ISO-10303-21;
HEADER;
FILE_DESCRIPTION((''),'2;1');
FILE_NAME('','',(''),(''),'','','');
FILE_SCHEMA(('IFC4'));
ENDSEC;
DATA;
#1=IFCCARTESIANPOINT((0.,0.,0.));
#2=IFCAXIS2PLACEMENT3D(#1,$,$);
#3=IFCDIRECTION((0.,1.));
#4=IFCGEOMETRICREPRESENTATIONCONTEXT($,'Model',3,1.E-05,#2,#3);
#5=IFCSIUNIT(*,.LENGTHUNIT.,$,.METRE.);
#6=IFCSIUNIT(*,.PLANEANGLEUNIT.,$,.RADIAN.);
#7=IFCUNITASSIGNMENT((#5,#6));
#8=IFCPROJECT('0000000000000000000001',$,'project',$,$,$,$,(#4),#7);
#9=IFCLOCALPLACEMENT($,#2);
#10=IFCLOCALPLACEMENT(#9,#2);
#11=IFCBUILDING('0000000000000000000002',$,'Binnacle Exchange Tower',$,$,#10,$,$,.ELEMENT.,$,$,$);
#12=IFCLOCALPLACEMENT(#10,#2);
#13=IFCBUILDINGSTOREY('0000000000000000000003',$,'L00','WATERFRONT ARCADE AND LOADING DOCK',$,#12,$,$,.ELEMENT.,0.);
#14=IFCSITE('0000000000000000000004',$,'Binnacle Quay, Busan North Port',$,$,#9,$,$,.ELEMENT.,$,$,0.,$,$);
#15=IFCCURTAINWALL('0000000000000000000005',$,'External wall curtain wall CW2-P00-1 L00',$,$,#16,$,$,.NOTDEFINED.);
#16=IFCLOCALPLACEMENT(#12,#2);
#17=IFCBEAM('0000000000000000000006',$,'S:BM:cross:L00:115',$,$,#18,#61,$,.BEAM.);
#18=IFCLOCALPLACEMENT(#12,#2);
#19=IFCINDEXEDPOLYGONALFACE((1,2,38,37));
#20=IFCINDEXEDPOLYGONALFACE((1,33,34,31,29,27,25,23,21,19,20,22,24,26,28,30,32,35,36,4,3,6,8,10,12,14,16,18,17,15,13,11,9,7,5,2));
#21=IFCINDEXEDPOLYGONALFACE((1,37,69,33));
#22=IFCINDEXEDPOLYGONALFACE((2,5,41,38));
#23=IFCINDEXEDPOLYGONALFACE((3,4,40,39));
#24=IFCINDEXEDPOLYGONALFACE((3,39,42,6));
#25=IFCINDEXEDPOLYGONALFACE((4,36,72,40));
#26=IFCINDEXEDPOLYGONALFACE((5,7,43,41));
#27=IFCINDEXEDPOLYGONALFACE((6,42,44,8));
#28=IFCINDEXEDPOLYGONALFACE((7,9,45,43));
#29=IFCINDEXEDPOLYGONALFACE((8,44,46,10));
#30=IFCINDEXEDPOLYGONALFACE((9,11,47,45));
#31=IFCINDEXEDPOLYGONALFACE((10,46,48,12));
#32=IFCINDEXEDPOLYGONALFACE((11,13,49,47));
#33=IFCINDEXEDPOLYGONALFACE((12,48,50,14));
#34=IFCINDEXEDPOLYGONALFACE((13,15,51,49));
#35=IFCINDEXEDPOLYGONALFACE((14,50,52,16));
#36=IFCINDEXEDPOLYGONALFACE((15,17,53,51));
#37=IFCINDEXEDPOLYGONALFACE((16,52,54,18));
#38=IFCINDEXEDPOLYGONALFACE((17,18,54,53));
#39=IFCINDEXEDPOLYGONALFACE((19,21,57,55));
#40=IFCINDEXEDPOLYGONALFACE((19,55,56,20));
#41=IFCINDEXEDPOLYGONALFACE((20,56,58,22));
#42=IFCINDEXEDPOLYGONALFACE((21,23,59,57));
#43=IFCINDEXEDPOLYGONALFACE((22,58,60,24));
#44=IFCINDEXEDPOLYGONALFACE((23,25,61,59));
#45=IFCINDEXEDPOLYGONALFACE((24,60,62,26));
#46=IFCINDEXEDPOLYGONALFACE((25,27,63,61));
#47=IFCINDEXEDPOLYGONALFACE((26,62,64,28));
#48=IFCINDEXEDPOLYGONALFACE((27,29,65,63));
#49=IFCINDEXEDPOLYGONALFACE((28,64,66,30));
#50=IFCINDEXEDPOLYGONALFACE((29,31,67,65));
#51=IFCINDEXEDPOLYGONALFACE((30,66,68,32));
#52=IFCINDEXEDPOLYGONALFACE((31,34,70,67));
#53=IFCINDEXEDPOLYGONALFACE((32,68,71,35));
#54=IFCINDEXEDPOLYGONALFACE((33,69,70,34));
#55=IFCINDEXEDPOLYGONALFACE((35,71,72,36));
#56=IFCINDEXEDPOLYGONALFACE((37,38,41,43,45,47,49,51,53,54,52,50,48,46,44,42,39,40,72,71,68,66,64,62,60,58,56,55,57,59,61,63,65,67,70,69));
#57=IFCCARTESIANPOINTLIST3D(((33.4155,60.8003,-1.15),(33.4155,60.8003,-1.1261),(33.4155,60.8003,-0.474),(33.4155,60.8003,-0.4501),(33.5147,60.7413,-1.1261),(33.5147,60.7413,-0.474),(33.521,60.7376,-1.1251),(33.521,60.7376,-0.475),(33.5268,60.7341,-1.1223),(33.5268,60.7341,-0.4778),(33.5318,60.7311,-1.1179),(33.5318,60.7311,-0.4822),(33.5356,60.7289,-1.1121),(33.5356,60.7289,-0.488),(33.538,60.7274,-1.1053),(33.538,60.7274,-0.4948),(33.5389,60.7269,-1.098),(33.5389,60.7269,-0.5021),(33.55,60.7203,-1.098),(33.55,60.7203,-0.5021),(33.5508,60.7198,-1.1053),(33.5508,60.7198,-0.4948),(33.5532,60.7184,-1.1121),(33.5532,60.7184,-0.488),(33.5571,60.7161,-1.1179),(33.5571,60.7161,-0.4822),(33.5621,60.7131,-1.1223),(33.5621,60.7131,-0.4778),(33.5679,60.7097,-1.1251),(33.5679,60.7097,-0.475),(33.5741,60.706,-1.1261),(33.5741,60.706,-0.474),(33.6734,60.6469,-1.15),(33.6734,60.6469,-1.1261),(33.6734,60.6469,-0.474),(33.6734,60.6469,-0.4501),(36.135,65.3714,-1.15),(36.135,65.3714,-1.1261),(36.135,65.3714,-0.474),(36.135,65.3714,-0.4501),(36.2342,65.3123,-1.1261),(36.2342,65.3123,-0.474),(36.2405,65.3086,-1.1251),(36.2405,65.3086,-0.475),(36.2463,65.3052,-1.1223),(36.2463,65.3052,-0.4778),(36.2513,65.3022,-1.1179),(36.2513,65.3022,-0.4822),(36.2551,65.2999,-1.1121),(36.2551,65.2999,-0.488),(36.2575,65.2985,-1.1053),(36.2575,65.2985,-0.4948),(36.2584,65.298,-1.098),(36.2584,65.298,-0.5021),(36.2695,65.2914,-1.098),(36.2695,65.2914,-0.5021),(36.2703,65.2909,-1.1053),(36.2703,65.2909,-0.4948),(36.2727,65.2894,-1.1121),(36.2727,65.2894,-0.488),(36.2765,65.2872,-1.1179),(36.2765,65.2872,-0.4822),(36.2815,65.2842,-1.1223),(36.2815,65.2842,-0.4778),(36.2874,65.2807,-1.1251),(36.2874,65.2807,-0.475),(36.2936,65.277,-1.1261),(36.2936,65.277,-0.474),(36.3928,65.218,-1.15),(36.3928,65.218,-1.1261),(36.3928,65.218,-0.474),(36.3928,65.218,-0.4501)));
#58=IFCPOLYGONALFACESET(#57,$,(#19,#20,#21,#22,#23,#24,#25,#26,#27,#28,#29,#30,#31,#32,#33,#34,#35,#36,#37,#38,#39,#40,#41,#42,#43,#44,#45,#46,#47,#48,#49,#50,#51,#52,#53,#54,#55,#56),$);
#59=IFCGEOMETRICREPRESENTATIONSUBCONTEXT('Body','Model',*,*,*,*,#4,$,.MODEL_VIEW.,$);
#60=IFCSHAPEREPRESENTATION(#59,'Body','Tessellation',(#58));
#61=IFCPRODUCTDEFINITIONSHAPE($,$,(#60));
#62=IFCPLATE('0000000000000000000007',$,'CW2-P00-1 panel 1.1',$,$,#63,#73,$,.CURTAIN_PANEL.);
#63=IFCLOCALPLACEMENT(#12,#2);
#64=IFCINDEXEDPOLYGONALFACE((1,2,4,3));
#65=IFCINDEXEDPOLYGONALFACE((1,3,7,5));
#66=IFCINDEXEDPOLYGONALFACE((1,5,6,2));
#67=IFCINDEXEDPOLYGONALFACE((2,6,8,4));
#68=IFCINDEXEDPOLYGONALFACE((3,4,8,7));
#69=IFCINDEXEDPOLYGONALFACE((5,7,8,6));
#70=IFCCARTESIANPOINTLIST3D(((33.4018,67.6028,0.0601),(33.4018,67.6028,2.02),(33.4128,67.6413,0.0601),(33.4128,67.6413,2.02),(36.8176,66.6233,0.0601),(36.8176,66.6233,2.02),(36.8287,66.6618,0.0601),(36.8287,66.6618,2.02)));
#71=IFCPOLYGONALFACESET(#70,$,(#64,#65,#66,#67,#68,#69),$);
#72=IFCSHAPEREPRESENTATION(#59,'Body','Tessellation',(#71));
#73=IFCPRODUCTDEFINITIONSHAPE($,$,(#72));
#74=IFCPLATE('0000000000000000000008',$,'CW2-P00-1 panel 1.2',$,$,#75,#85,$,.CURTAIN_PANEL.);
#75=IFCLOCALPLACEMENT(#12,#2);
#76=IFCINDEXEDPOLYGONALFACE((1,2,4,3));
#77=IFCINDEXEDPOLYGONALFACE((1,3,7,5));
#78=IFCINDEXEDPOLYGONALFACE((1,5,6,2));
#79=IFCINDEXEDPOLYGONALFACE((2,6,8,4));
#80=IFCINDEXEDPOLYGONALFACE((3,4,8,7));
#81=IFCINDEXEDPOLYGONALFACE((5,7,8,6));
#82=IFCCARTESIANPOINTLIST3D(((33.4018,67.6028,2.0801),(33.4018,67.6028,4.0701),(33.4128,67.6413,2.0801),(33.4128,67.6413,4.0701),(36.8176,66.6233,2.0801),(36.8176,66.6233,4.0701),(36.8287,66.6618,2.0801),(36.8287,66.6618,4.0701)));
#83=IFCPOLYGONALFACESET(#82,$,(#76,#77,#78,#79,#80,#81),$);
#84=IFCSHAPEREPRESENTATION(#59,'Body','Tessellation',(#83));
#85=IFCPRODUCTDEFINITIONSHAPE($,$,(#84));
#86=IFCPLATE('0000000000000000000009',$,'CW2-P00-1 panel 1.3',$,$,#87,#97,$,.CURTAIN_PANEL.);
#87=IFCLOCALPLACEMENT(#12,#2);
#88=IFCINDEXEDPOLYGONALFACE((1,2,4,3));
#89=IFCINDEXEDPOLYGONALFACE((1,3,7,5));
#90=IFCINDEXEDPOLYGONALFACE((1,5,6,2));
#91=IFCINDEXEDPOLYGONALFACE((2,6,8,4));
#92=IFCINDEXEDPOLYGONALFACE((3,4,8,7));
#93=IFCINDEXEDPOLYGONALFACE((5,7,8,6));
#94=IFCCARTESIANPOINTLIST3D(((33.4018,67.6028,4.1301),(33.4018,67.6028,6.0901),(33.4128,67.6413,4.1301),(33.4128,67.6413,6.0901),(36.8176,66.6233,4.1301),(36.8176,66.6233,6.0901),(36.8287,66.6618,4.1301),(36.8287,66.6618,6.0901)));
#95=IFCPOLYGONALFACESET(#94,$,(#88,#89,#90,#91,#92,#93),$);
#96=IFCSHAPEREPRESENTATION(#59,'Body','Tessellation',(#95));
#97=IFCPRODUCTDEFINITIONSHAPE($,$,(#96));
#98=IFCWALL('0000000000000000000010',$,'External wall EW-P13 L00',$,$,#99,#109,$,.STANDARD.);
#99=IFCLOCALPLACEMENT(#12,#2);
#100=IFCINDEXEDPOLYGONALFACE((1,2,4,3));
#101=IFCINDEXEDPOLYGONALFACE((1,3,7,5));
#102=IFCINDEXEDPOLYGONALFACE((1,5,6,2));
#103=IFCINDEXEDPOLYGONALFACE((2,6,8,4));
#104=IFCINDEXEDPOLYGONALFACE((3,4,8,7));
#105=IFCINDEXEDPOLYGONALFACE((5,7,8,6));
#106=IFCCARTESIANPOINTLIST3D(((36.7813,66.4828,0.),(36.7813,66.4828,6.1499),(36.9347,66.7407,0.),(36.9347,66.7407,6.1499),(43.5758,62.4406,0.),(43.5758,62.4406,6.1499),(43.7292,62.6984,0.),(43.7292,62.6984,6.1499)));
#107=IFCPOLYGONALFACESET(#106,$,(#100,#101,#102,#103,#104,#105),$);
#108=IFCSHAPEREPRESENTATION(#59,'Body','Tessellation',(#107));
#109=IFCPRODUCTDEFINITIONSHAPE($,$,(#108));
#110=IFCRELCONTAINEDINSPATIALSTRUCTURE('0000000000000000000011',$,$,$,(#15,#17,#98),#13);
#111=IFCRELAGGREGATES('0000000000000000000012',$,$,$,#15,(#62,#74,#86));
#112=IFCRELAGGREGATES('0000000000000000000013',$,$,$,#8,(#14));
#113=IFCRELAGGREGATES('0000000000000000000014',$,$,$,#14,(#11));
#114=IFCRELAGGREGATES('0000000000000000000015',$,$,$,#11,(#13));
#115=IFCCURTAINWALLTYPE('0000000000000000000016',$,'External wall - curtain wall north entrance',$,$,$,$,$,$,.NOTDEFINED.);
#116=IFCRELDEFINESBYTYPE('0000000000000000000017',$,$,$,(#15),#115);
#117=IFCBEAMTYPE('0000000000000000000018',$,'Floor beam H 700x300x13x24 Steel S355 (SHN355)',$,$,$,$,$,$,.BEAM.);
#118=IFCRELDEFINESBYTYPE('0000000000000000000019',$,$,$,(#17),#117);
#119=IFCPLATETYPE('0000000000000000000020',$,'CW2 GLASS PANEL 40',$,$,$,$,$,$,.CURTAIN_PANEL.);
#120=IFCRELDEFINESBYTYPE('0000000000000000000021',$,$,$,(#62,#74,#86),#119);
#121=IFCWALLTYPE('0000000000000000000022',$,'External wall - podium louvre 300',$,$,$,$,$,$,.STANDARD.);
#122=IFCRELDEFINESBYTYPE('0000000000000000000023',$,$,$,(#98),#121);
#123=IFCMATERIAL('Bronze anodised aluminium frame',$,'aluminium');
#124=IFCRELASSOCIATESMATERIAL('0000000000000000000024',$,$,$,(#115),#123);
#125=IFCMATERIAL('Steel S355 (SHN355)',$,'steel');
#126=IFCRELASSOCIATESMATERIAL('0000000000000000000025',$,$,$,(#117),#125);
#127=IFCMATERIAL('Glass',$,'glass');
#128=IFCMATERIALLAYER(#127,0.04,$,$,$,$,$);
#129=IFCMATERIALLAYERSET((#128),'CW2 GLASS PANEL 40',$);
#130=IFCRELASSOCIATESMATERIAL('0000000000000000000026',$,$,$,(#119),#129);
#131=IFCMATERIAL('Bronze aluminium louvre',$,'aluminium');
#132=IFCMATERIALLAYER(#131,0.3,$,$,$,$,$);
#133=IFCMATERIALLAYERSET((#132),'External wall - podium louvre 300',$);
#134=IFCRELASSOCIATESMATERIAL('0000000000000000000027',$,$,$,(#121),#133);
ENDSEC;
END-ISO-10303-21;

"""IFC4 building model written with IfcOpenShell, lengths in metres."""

from ifc_helpers import new_model, si_unit, direction, frame, frame_2d, origin, origin_2d, place, context, subcontext, project, spatial, rectangle, i_section, extrude, material, layer, layer_set, material_profile, profile_set, type_object, element, aggregate, save


model = new_model("IFC4")

# Units and contexts
model_context = context("Model", 3, precision=1e-05, world=origin(), true_north=direction((0.0, 1.0)))
body_context = subcontext(model_context, "Body", "Model", "MODEL_VIEW")
ifc_project = project(units=[si_unit("LENGTHUNIT", "METRE"), si_unit("PLANEANGLEUNIT", "RADIAN")], contexts=[model_context])

# Site, building, storey
site_placement = place(None, origin())
site = spatial("IfcSite", under=ifc_project, at=site_placement, Name="Binnacle Quay, Busan North Port", CompositionType="ELEMENT", RefElevation=0.0)
building_placement = place(site_placement, origin())
building = spatial("IfcBuilding", under=site, at=building_placement, Name="Binnacle Exchange Tower", CompositionType="ELEMENT")
storey_placement = place(building_placement, origin())
storey = spatial("IfcBuildingStorey", under=building, at=storey_placement, Name="L00", Description="WATERFRONT ARCADE AND LOADING DOCK", CompositionType="ELEMENT", Elevation=0.0)

# Curtain wall
ifc_material_1 = material(Name="Bronze anodised aluminium frame", Category="aluminium")
curtain_wall_type = type_object("IfcCurtainWallType", Name="External wall - curtain wall north entrance", PredefinedType="NOTDEFINED", material=ifc_material_1)
curtain_wall_1_placement = place(storey_placement, origin())
curtain_wall_1 = element("IfcCurtainWall", 1, at=curtain_wall_1_placement, inside=storey, type_object=curtain_wall_type, Name="External wall curtain wall CW2-P00-1 L00", PredefinedType="NOTDEFINED")

# Beam
ifc_material_2 = material(Name="Steel S355 (SHN355)", Category="steel")
ifc_material_profile_1 = material_profile(ifc_material_2, i_section(OverallWidth=0.3, OverallDepth=0.7, WebThickness=0.0129, FlangeThickness=0.0239, FilletRadius=0.0281, at=origin_2d()), Name="H 700x300x13x24")
ifc_profile_set_1 = profile_set([ifc_material_profile_1], Name="Steel S355 (SHN355)")
beam_type_1 = type_object("IfcBeamType", Name="Floor beam H 700x300x13x24 Steel S355 (SHN355)", PredefinedType="BEAM", material=ifc_profile_set_1)
beam_1_placement = place(storey_placement, frame((36.2639, 65.2947, -0.8), z_axis=(-0.511293, -0.859407, 0.0), x_axis=(0.859407, -0.511293, 0.0)))
element("IfcBeam", 2, at=beam_1_placement, inside=storey, type_object=beam_type_1, Name="S:BM:cross:L00:115", PredefinedType="BEAM", context=body_context, shape_type="SweptSolid", body=[
    extrude(i_section(OverallWidth=0.3, OverallDepth=0.7, WebThickness=0.0129, FlangeThickness=0.0239, FilletRadius=0.0281, at=origin_2d()), origin(), (0.0, 0.0, 1.0), 5.3188),
])

# Plates
ifc_material_3 = material(Name="Glass", Category="glass")
ifc_layer_1 = layer(ifc_material_3, 0.04)
ifc_layer_set_1 = layer_set([ifc_layer_1], Name="CW2 GLASS PANEL 40")
plate_type = type_object("IfcPlateType", Name="CW2 GLASS PANEL 40", PredefinedType="CURTAIN_PANEL", material=ifc_layer_set_1)
plate_1_placement = place(storey_placement, frame((35.1152, 67.1323, 0.0601), z_axis=(0.0, 0.0, 1.0), x_axis=(-0.961262, 0.275637, 0.0)))
plate_1 = element("IfcPlate", 3, at=plate_1_placement, type_object=plate_type, Name="CW2-P00-1 panel 1.1", PredefinedType="CURTAIN_PANEL", context=body_context, shape_type="SweptSolid", body=[
    extrude(rectangle(XDim=3.5535, YDim=0.04, at=origin_2d()), origin(), (0.0, 0.0, 1.0), 1.96),
])
plate_2_placement = place(storey_placement, frame((35.1152, 67.1323, 2.0801), z_axis=(0.0, 0.0, 1.0), x_axis=(-0.961262, 0.275637, 0.0)))
plate_2 = element("IfcPlate", 4, at=plate_2_placement, type_object=plate_type, Name="CW2-P00-1 panel 1.2", PredefinedType="CURTAIN_PANEL", context=body_context, shape_type="SweptSolid", body=[
    extrude(rectangle(XDim=3.5535, YDim=0.04, at=origin_2d()), origin(), (0.0, 0.0, 1.0), 1.99),
])
plate_3_placement = place(storey_placement, frame((35.1152, 67.1323, 4.1301), z_axis=(0.0, 0.0, 1.0), x_axis=(-0.961262, 0.275637, 0.0)))
plate_3 = element("IfcPlate", 5, at=plate_3_placement, type_object=plate_type, Name="CW2-P00-1 panel 1.3", PredefinedType="CURTAIN_PANEL", context=body_context, shape_type="SweptSolid", body=[
    extrude(rectangle(XDim=3.5535, YDim=0.04, at=origin_2d()), origin(), (0.0, 0.0, 1.0), 1.96),
])
aggregate(curtain_wall_1, [plate_1, plate_2, plate_3])

# Wall
ifc_material_4 = material(Name="Bronze aluminium louvre", Category="aluminium")
ifc_layer_2 = layer(ifc_material_4, 0.3)
ifc_layer_set_2 = layer_set([ifc_layer_2], Name="External wall - podium louvre 300")
wall_type = type_object("IfcWallType", Name="External wall - podium louvre 300", PredefinedType="STANDARD", material=ifc_layer_set_2)
wall_placement = place(storey_placement, frame((36.8579, 66.6118, 0.0), z_axis=(0.0, 0.0, 1.0), x_axis=(0.859408, -0.511291, 0.0)))
element("IfcWall", 6, at=wall_placement, inside=storey, type_object=wall_type, Name="External wall EW-P13 L00", PredefinedType="STANDARD", context=body_context, shape_type="SweptSolid", body=[
    extrude(rectangle(XDim=7.906, YDim=0.3, at=frame_2d((3.9531, 0.0))), origin(), (0.0, 0.0, 1.0), 6.1499),
])

save(model, "model.ifc")
